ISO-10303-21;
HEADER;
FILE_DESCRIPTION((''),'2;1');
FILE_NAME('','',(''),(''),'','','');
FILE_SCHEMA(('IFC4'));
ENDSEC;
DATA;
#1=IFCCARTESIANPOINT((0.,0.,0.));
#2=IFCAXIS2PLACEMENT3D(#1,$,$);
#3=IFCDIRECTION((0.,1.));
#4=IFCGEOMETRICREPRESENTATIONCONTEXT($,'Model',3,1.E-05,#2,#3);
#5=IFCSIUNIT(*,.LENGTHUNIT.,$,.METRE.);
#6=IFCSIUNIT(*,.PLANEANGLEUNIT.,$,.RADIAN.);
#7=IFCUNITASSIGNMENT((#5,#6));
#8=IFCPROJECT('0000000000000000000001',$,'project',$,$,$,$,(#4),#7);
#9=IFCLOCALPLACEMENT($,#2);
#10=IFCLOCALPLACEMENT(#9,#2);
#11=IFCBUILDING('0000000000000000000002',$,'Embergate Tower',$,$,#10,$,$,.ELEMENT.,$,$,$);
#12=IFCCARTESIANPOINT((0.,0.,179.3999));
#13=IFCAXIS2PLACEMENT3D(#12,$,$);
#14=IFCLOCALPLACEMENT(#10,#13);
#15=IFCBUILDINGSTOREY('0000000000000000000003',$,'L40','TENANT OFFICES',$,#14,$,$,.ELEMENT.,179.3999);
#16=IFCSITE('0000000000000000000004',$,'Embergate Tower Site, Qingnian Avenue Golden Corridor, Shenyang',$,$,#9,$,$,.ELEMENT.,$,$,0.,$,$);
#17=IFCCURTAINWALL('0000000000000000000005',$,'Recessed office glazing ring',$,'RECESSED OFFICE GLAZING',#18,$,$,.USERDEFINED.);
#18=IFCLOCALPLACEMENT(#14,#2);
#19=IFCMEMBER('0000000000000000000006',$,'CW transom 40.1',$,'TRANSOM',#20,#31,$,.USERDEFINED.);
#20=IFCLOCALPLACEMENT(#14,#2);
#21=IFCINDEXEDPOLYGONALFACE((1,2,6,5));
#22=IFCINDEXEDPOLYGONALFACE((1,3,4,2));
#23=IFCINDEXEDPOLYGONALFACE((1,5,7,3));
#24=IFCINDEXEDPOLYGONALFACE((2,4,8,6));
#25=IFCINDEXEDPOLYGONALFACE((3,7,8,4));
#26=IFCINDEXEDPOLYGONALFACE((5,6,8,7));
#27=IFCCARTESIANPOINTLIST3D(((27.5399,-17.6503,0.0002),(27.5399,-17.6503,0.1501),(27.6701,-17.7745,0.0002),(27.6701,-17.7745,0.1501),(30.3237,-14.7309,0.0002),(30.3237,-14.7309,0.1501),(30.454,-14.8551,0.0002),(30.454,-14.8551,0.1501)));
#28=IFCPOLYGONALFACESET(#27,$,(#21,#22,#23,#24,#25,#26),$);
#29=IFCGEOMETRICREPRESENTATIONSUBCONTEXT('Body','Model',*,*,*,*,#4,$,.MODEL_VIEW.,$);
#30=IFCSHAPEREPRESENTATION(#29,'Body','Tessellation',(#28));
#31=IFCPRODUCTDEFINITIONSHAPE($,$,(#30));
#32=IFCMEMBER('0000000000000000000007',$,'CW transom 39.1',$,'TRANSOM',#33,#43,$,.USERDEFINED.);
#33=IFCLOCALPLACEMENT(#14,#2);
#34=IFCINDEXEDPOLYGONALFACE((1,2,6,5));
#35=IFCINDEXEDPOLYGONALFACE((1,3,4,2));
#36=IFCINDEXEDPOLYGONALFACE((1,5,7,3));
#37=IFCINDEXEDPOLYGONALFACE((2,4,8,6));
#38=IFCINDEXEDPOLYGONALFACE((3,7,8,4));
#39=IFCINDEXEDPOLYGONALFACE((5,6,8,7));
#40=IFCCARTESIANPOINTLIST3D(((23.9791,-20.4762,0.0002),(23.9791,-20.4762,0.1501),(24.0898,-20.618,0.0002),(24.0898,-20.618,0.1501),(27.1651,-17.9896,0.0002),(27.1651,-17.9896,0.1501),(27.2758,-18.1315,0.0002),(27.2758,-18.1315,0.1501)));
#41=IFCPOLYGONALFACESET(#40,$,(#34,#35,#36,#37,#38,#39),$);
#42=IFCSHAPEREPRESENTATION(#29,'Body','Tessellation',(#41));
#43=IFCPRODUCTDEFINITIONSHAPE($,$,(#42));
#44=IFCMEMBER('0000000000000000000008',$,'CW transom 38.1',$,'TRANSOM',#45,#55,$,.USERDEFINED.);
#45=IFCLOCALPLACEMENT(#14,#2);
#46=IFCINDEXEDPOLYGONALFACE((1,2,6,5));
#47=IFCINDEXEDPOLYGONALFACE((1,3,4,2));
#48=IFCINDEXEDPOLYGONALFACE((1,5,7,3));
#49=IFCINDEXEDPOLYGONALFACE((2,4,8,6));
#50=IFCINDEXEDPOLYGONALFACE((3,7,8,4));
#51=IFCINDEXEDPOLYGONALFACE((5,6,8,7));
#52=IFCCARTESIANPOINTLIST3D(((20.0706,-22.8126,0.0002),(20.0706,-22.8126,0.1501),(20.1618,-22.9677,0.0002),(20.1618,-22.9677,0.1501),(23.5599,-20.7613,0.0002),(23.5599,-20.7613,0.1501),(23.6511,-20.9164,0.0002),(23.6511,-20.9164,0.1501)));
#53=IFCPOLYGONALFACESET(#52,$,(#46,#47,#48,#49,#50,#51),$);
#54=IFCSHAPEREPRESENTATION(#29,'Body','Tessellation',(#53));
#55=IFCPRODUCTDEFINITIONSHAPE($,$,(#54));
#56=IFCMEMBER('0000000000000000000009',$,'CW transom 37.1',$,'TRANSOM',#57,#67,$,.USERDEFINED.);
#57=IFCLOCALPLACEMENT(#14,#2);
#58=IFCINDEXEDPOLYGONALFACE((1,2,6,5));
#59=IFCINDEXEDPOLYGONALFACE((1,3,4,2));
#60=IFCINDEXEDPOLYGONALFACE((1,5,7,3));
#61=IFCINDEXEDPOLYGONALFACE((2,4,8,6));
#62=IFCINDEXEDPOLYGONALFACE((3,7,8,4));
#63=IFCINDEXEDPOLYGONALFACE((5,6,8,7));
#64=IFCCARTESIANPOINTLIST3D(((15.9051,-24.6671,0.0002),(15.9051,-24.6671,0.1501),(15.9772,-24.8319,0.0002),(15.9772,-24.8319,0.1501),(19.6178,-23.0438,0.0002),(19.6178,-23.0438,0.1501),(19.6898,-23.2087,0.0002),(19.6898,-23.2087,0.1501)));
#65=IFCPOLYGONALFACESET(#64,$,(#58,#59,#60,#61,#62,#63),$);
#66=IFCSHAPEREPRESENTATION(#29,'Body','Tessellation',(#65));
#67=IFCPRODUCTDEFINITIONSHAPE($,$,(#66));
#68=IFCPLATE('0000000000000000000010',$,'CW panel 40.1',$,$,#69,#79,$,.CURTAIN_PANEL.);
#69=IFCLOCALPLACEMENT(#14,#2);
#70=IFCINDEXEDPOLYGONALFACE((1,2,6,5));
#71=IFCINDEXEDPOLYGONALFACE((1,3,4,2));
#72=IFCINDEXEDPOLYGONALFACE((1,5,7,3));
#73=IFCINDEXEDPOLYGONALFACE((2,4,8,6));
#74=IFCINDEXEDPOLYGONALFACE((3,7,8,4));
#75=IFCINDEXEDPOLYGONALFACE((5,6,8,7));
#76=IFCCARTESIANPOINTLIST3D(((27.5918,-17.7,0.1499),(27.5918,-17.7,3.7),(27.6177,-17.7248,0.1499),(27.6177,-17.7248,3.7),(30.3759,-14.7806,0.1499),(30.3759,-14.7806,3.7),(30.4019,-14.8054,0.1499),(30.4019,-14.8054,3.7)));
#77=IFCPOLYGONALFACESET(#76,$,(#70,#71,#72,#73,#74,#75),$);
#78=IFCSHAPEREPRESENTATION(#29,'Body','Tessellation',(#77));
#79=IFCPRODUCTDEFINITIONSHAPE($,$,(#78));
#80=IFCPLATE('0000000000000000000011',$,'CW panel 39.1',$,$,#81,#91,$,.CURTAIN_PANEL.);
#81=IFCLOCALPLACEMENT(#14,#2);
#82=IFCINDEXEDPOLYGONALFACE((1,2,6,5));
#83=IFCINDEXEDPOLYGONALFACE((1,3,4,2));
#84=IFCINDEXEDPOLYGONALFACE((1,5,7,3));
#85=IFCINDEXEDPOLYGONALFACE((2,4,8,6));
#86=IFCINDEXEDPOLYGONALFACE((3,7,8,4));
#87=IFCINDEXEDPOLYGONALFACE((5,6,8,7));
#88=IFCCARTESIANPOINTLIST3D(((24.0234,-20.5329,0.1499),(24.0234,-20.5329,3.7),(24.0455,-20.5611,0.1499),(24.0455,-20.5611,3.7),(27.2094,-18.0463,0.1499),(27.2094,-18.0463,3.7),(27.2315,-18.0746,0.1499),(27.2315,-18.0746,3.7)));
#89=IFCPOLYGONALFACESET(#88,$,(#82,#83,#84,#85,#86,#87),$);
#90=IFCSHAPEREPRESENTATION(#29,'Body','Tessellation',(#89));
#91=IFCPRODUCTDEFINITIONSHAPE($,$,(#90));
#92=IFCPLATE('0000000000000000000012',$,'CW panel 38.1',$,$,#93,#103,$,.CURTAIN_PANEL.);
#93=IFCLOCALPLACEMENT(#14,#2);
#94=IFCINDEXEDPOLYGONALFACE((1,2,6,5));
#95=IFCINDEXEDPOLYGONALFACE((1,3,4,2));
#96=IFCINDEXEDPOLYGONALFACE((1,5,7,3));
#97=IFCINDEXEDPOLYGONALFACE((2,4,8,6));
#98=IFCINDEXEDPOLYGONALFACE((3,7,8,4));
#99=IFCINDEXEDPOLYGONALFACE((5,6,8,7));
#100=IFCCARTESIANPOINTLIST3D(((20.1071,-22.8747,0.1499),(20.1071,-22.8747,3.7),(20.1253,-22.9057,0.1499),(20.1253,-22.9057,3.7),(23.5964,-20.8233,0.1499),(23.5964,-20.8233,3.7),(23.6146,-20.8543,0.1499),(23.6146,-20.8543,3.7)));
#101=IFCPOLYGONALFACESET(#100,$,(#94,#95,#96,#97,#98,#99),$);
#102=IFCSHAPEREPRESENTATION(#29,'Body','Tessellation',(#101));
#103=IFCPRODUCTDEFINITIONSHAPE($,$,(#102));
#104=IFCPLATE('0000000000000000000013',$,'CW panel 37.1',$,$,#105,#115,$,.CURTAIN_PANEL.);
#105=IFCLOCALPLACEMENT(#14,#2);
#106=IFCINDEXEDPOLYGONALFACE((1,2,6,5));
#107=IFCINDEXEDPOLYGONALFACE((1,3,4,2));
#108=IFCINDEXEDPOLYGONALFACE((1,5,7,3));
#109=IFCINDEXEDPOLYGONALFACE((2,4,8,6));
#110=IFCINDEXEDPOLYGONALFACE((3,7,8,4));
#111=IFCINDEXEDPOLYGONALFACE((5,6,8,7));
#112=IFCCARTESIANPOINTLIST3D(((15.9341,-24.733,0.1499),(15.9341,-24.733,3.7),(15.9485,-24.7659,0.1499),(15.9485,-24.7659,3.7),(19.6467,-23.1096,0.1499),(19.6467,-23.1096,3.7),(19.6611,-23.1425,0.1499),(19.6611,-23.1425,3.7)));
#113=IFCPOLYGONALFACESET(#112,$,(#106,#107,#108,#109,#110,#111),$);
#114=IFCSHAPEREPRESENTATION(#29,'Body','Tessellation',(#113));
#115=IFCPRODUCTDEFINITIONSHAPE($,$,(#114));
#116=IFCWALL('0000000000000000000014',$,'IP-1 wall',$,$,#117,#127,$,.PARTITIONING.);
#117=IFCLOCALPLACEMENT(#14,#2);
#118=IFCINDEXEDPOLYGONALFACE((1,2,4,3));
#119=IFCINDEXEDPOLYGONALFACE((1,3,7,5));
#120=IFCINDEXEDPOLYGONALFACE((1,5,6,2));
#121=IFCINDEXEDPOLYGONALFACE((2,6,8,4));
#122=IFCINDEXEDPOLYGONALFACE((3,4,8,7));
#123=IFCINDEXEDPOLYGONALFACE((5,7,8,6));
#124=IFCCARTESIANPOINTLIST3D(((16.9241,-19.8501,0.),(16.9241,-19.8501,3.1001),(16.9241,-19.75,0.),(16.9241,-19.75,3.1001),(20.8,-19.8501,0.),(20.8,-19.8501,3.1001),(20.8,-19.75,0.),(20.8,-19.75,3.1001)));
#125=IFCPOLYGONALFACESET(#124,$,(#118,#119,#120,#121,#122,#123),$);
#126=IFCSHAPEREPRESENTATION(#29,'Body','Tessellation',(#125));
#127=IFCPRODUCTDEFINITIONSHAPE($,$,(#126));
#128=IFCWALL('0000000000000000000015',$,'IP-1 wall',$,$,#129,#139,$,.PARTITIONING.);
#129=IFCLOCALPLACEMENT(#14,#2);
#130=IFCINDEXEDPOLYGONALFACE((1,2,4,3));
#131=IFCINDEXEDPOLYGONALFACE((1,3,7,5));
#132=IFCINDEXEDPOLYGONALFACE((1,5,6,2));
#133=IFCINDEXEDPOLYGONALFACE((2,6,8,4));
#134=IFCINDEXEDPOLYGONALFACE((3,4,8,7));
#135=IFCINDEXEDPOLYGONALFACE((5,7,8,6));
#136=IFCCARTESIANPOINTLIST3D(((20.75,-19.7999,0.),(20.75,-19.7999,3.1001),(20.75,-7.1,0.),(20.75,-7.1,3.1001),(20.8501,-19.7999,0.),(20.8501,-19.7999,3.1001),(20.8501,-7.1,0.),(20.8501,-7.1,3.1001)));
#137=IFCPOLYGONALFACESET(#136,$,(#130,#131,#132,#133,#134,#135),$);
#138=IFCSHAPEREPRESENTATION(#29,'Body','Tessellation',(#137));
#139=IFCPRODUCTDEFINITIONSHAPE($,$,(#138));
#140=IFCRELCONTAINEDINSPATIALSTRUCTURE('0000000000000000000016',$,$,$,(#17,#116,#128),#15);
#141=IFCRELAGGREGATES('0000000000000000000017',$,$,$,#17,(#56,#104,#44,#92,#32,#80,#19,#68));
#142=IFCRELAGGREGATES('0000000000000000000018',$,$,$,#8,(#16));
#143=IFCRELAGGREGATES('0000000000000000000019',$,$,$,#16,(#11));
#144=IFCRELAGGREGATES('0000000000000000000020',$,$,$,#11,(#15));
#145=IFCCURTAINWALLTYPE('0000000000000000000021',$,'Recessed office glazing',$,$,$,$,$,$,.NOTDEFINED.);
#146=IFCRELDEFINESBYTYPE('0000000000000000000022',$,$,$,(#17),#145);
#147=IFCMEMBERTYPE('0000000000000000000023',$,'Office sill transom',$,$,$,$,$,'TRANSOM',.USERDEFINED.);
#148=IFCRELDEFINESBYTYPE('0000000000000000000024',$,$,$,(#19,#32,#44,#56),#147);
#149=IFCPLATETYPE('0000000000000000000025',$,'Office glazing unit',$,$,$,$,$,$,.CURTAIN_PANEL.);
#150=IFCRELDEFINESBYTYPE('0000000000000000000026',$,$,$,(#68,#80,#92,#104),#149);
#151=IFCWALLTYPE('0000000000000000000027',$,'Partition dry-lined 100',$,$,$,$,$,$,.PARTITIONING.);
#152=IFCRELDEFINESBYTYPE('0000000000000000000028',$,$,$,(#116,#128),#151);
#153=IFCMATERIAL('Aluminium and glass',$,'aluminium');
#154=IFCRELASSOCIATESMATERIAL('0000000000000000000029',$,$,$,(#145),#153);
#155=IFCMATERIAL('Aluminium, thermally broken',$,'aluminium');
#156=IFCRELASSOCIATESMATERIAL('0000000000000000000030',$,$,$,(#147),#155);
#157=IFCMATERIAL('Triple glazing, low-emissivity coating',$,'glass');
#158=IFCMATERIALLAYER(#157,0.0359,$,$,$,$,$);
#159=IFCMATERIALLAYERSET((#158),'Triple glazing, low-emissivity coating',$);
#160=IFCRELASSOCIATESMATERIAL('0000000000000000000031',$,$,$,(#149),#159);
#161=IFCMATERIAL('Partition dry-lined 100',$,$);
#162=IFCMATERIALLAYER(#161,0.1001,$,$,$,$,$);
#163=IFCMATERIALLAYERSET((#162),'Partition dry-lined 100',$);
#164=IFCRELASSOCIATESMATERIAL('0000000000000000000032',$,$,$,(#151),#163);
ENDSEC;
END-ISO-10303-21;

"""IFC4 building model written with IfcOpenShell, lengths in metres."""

from ifc_helpers import new_model, si_unit, direction, frame, frame_2d, origin, origin_2d, place, context, subcontext, project, spatial, rectangle, extrude, source, transform, mapped, material, layer, layer_set, material_profile, profile_set, type_object, element, aggregate, save


model = new_model("IFC4")

# Units and contexts
model_context = context("Model", 3, precision=1e-05, world=origin(), true_north=direction((0.0, 1.0)))
body_context = subcontext(model_context, "Body", "Model", "MODEL_VIEW")
ifc_project = project(units=[si_unit("LENGTHUNIT", "METRE"), si_unit("PLANEANGLEUNIT", "RADIAN")], contexts=[model_context])

# Site, building, storey
site_placement = place(None, origin())
site = spatial("IfcSite", under=ifc_project, at=site_placement, Name="Embergate Tower Site, Qingnian Avenue Golden Corridor, Shenyang", CompositionType="ELEMENT", RefElevation=0.0)
building_placement = place(site_placement, origin())
building = spatial("IfcBuilding", under=site, at=building_placement, Name="Embergate Tower", CompositionType="ELEMENT")
storey_placement = place(building_placement, frame((0.0, 0.0, 179.3999)))
storey = spatial("IfcBuildingStorey", under=building, at=storey_placement, Name="L40", Description="TENANT OFFICES", CompositionType="ELEMENT", Elevation=179.3999)

# Curtain wall, members, plates
ifc_material_1 = material(Name="Aluminium and glass", Category="aluminium")
curtain_wall_type = type_object("IfcCurtainWallType", Name="Recessed office glazing", PredefinedType="NOTDEFINED", material=ifc_material_1)
curtain_wall_placement = place(storey_placement, origin())
curtain_wall = element("IfcCurtainWall", 1, at=curtain_wall_placement, inside=storey, type_object=curtain_wall_type, Name="Recessed office glazing ring", ObjectType="RECESSED OFFICE GLAZING", PredefinedType="USERDEFINED")
ifc_material_2 = material(Name="Aluminium, thermally broken", Category="aluminium")
ifc_material_profile_1 = material_profile(ifc_material_2, rectangle(XDim=0.1799, YDim=0.1499, at=origin_2d()), Name="AL 150x180")
ifc_profile_set_1 = profile_set([ifc_material_profile_1], Name="Aluminium, thermally broken")
member_type_1 = type_object("IfcMemberType", Name="Office sill transom", ElementType="TRANSOM", PredefinedType="USERDEFINED", material=ifc_profile_set_1)
shared_shape_1 = source(origin(), body_context, "Body", "SweptSolid", [
    extrude(rectangle(XDim=0.1799, YDim=0.1499, at=origin_2d()), origin(), (0.0, 0.0, 1.0), 4.0339),
])
member_1_placement = place(storey_placement, frame((27.605, -17.7124, 0.0752), z_axis=(0.690113, 0.723702, 0.0), x_axis=(-0.723702, 0.690113, 0.0)))
member_1 = element("IfcMember", 2, at=member_1_placement, type_object=member_type_1, Name="CW transom 40.1", ObjectType="TRANSOM", PredefinedType="USERDEFINED", context=body_context, shape_type="MappedRepresentation", body=[
    mapped(shared_shape_1, transform((0.0, 0.0, 0.0))),
])
shared_shape_2 = source(origin(), body_context, "Body", "SweptSolid", [
    extrude(rectangle(XDim=0.1799, YDim=0.1499, at=origin_2d()), origin(), (0.0, 0.0, 1.0), 4.0415),
])
member_2_placement = place(storey_placement, frame((24.0344, -20.5471, 0.0752), z_axis=(0.788327, 0.615257, 0.0), x_axis=(-0.615257, 0.788327, 0.0)))
member_2 = element("IfcMember", 3, at=member_2_placement, type_object=member_type_1, Name="CW transom 39.1", ObjectType="TRANSOM", PredefinedType="USERDEFINED", context=body_context, shape_type="MappedRepresentation", body=[
    mapped(shared_shape_2, transform((0.0, 0.0, 0.0))),
])
shared_shape_3 = source(origin(), body_context, "Body", "SweptSolid", [
    extrude(rectangle(XDim=0.1799, YDim=0.1499, at=origin_2d()), origin(), (0.0, 0.0, 1.0), 4.0476),
])
member_3_placement = place(storey_placement, frame((20.1162, -22.8901, 0.0752), z_axis=(0.862068, 0.506793, 0.0), x_axis=(-0.506793, 0.862068, 0.0)))
member_3 = element("IfcMember", 4, at=member_3_placement, type_object=member_type_1, Name="CW transom 38.1", ObjectType="TRANSOM", PredefinedType="USERDEFINED", context=body_context, shape_type="MappedRepresentation", body=[
    mapped(shared_shape_3, transform((0.0, 0.0, 0.0))),
])
shared_shape_4 = source(origin(), body_context, "Body", "SweptSolid", [
    extrude(rectangle(XDim=0.1799, YDim=0.1499, at=origin_2d()), origin(), (0.0, 0.0, 1.0), 4.052),
])
member_4_placement = place(storey_placement, frame((15.9412, -24.7495, 0.0752), z_axis=(0.916247, 0.400613, 0.0), x_axis=(-0.400613, 0.916247, 0.0)))
member_4 = element("IfcMember", 5, at=member_4_placement, type_object=member_type_1, Name="CW transom 37.1", ObjectType="TRANSOM", PredefinedType="USERDEFINED", context=body_context, shape_type="MappedRepresentation", body=[
    mapped(shared_shape_4, transform((0.0, 0.0, 0.0))),
])
ifc_material_3 = material(Name="Triple glazing, low-emissivity coating", Category="glass")
ifc_layer_1 = layer(ifc_material_3, 0.0359)
ifc_layer_set_1 = layer_set([ifc_layer_1], Name="Triple glazing, low-emissivity coating")
plate_type = type_object("IfcPlateType", Name="Office glazing unit", PredefinedType="CURTAIN_PANEL", material=ifc_layer_set_1)
shared_shape_5 = source(origin(), body_context, "Body", "SweptSolid", [
    extrude(rectangle(XDim=4.0342, YDim=0.0359, at=origin_2d()), origin(), (0.0, 0.0, 1.0), 3.55),
])
plate_1_placement = place(storey_placement, frame((28.9968, -16.2527, 0.1499), z_axis=(0.0, 0.0, 1.0), x_axis=(0.69014, 0.723676, 0.0)))
plate_1 = element("IfcPlate", 6, at=plate_1_placement, type_object=plate_type, Name="CW panel 40.1", PredefinedType="CURTAIN_PANEL", context=body_context, shape_type="MappedRepresentation", body=[
    mapped(shared_shape_5, transform((0.0, 0.0, 0.0))),
])
shared_shape_6 = source(origin(), body_context, "Body", "SweptSolid", [
    extrude(rectangle(XDim=4.0415, YDim=0.0359, at=origin_2d()), origin(), (0.0, 0.0, 1.0), 3.55),
])
plate_2_placement = place(storey_placement, frame((25.6274, -19.3037, 0.1499), z_axis=(0.0, 0.0, 1.0), x_axis=(0.788324, 0.61526, 0.0)))
plate_2 = element("IfcPlate", 7, at=plate_2_placement, type_object=plate_type, Name="CW panel 39.1", PredefinedType="CURTAIN_PANEL", context=body_context, shape_type="MappedRepresentation", body=[
    mapped(shared_shape_6, transform((0.0, 0.0, 0.0))),
])
shared_shape_7 = source(origin(), body_context, "Body", "SweptSolid", [
    extrude(rectangle(XDim=4.0476, YDim=0.0359, at=origin_2d()), origin(), (0.0, 0.0, 1.0), 3.55),
])
plate_3_placement = place(storey_placement, frame((21.8608, -21.8645, 0.1499), z_axis=(0.0, 0.0, 1.0), x_axis=(0.862056, 0.506813, 0.0)))
plate_3 = element("IfcPlate", 8, at=plate_3_placement, type_object=plate_type, Name="CW panel 38.1", PredefinedType="CURTAIN_PANEL", context=body_context, shape_type="MappedRepresentation", body=[
    mapped(shared_shape_7, transform((0.0, 0.0, 0.0))),
])
shared_shape_8 = source(origin(), body_context, "Body", "SweptSolid", [
    extrude(rectangle(XDim=4.052, YDim=0.0359, at=origin_2d()), origin(), (0.0, 0.0, 1.0), 3.55),
])
plate_4_placement = place(storey_placement, frame((17.7976, -23.9377, 0.1499), z_axis=(0.0, 0.0, 1.0), x_axis=(0.916238, 0.400634, 0.0)))
plate_4 = element("IfcPlate", 9, at=plate_4_placement, type_object=plate_type, Name="CW panel 37.1", PredefinedType="CURTAIN_PANEL", context=body_context, shape_type="MappedRepresentation", body=[
    mapped(shared_shape_8, transform((0.0, 0.0, 0.0))),
])
aggregate(curtain_wall, [member_4, plate_4, member_3, plate_3, member_2, plate_2, member_1, plate_1])

# Walls
ifc_material_4 = material(Name="Partition dry-lined 100")
ifc_layer_2 = layer(ifc_material_4, 0.1001)
ifc_layer_set_2 = layer_set([ifc_layer_2], Name="Partition dry-lined 100")
wall_type = type_object("IfcWallType", Name="Partition dry-lined 100", PredefinedType="PARTITIONING", material=ifc_layer_set_2)
shared_shape_9 = source(origin(), body_context, "Body", "SweptSolid", [
    extrude(rectangle(XDim=3.876, YDim=0.1001, at=frame_2d((1.938, 0.0))), origin(), (0.0, 0.0, 1.0), 3.1001),
])
wall_1_placement = place(storey_placement, frame((16.9241, -19.8, 0.0), z_axis=(0.0, 0.0, 1.0), x_axis=(1.0, 0.0, 0.0)))
element("IfcWall", 10, at=wall_1_placement, inside=storey, type_object=wall_type, Name="IP-1 wall", PredefinedType="PARTITIONING", context=body_context, shape_type="MappedRepresentation", body=[
    mapped(shared_shape_9, transform((0.0, 0.0, 0.0))),
])
shared_shape_10 = source(origin(), body_context, "Body", "SweptSolid", [
    extrude(rectangle(XDim=12.7, YDim=0.1001, at=frame_2d((6.3501, 0.0))), origin(), (0.0, 0.0, 1.0), 3.1001),
])
wall_2_placement = place(storey_placement, frame((20.8, -19.8, 0.0), z_axis=(0.0, 0.0, 1.0), x_axis=(0.0, 1.0, 0.0)))
element("IfcWall", 11, at=wall_2_placement, inside=storey, type_object=wall_type, Name="IP-1 wall", PredefinedType="PARTITIONING", context=body_context, shape_type="MappedRepresentation", body=[
    mapped(shared_shape_10, transform((0.0, 0.0, 0.0))),
])

save(model, "model.ifc")
